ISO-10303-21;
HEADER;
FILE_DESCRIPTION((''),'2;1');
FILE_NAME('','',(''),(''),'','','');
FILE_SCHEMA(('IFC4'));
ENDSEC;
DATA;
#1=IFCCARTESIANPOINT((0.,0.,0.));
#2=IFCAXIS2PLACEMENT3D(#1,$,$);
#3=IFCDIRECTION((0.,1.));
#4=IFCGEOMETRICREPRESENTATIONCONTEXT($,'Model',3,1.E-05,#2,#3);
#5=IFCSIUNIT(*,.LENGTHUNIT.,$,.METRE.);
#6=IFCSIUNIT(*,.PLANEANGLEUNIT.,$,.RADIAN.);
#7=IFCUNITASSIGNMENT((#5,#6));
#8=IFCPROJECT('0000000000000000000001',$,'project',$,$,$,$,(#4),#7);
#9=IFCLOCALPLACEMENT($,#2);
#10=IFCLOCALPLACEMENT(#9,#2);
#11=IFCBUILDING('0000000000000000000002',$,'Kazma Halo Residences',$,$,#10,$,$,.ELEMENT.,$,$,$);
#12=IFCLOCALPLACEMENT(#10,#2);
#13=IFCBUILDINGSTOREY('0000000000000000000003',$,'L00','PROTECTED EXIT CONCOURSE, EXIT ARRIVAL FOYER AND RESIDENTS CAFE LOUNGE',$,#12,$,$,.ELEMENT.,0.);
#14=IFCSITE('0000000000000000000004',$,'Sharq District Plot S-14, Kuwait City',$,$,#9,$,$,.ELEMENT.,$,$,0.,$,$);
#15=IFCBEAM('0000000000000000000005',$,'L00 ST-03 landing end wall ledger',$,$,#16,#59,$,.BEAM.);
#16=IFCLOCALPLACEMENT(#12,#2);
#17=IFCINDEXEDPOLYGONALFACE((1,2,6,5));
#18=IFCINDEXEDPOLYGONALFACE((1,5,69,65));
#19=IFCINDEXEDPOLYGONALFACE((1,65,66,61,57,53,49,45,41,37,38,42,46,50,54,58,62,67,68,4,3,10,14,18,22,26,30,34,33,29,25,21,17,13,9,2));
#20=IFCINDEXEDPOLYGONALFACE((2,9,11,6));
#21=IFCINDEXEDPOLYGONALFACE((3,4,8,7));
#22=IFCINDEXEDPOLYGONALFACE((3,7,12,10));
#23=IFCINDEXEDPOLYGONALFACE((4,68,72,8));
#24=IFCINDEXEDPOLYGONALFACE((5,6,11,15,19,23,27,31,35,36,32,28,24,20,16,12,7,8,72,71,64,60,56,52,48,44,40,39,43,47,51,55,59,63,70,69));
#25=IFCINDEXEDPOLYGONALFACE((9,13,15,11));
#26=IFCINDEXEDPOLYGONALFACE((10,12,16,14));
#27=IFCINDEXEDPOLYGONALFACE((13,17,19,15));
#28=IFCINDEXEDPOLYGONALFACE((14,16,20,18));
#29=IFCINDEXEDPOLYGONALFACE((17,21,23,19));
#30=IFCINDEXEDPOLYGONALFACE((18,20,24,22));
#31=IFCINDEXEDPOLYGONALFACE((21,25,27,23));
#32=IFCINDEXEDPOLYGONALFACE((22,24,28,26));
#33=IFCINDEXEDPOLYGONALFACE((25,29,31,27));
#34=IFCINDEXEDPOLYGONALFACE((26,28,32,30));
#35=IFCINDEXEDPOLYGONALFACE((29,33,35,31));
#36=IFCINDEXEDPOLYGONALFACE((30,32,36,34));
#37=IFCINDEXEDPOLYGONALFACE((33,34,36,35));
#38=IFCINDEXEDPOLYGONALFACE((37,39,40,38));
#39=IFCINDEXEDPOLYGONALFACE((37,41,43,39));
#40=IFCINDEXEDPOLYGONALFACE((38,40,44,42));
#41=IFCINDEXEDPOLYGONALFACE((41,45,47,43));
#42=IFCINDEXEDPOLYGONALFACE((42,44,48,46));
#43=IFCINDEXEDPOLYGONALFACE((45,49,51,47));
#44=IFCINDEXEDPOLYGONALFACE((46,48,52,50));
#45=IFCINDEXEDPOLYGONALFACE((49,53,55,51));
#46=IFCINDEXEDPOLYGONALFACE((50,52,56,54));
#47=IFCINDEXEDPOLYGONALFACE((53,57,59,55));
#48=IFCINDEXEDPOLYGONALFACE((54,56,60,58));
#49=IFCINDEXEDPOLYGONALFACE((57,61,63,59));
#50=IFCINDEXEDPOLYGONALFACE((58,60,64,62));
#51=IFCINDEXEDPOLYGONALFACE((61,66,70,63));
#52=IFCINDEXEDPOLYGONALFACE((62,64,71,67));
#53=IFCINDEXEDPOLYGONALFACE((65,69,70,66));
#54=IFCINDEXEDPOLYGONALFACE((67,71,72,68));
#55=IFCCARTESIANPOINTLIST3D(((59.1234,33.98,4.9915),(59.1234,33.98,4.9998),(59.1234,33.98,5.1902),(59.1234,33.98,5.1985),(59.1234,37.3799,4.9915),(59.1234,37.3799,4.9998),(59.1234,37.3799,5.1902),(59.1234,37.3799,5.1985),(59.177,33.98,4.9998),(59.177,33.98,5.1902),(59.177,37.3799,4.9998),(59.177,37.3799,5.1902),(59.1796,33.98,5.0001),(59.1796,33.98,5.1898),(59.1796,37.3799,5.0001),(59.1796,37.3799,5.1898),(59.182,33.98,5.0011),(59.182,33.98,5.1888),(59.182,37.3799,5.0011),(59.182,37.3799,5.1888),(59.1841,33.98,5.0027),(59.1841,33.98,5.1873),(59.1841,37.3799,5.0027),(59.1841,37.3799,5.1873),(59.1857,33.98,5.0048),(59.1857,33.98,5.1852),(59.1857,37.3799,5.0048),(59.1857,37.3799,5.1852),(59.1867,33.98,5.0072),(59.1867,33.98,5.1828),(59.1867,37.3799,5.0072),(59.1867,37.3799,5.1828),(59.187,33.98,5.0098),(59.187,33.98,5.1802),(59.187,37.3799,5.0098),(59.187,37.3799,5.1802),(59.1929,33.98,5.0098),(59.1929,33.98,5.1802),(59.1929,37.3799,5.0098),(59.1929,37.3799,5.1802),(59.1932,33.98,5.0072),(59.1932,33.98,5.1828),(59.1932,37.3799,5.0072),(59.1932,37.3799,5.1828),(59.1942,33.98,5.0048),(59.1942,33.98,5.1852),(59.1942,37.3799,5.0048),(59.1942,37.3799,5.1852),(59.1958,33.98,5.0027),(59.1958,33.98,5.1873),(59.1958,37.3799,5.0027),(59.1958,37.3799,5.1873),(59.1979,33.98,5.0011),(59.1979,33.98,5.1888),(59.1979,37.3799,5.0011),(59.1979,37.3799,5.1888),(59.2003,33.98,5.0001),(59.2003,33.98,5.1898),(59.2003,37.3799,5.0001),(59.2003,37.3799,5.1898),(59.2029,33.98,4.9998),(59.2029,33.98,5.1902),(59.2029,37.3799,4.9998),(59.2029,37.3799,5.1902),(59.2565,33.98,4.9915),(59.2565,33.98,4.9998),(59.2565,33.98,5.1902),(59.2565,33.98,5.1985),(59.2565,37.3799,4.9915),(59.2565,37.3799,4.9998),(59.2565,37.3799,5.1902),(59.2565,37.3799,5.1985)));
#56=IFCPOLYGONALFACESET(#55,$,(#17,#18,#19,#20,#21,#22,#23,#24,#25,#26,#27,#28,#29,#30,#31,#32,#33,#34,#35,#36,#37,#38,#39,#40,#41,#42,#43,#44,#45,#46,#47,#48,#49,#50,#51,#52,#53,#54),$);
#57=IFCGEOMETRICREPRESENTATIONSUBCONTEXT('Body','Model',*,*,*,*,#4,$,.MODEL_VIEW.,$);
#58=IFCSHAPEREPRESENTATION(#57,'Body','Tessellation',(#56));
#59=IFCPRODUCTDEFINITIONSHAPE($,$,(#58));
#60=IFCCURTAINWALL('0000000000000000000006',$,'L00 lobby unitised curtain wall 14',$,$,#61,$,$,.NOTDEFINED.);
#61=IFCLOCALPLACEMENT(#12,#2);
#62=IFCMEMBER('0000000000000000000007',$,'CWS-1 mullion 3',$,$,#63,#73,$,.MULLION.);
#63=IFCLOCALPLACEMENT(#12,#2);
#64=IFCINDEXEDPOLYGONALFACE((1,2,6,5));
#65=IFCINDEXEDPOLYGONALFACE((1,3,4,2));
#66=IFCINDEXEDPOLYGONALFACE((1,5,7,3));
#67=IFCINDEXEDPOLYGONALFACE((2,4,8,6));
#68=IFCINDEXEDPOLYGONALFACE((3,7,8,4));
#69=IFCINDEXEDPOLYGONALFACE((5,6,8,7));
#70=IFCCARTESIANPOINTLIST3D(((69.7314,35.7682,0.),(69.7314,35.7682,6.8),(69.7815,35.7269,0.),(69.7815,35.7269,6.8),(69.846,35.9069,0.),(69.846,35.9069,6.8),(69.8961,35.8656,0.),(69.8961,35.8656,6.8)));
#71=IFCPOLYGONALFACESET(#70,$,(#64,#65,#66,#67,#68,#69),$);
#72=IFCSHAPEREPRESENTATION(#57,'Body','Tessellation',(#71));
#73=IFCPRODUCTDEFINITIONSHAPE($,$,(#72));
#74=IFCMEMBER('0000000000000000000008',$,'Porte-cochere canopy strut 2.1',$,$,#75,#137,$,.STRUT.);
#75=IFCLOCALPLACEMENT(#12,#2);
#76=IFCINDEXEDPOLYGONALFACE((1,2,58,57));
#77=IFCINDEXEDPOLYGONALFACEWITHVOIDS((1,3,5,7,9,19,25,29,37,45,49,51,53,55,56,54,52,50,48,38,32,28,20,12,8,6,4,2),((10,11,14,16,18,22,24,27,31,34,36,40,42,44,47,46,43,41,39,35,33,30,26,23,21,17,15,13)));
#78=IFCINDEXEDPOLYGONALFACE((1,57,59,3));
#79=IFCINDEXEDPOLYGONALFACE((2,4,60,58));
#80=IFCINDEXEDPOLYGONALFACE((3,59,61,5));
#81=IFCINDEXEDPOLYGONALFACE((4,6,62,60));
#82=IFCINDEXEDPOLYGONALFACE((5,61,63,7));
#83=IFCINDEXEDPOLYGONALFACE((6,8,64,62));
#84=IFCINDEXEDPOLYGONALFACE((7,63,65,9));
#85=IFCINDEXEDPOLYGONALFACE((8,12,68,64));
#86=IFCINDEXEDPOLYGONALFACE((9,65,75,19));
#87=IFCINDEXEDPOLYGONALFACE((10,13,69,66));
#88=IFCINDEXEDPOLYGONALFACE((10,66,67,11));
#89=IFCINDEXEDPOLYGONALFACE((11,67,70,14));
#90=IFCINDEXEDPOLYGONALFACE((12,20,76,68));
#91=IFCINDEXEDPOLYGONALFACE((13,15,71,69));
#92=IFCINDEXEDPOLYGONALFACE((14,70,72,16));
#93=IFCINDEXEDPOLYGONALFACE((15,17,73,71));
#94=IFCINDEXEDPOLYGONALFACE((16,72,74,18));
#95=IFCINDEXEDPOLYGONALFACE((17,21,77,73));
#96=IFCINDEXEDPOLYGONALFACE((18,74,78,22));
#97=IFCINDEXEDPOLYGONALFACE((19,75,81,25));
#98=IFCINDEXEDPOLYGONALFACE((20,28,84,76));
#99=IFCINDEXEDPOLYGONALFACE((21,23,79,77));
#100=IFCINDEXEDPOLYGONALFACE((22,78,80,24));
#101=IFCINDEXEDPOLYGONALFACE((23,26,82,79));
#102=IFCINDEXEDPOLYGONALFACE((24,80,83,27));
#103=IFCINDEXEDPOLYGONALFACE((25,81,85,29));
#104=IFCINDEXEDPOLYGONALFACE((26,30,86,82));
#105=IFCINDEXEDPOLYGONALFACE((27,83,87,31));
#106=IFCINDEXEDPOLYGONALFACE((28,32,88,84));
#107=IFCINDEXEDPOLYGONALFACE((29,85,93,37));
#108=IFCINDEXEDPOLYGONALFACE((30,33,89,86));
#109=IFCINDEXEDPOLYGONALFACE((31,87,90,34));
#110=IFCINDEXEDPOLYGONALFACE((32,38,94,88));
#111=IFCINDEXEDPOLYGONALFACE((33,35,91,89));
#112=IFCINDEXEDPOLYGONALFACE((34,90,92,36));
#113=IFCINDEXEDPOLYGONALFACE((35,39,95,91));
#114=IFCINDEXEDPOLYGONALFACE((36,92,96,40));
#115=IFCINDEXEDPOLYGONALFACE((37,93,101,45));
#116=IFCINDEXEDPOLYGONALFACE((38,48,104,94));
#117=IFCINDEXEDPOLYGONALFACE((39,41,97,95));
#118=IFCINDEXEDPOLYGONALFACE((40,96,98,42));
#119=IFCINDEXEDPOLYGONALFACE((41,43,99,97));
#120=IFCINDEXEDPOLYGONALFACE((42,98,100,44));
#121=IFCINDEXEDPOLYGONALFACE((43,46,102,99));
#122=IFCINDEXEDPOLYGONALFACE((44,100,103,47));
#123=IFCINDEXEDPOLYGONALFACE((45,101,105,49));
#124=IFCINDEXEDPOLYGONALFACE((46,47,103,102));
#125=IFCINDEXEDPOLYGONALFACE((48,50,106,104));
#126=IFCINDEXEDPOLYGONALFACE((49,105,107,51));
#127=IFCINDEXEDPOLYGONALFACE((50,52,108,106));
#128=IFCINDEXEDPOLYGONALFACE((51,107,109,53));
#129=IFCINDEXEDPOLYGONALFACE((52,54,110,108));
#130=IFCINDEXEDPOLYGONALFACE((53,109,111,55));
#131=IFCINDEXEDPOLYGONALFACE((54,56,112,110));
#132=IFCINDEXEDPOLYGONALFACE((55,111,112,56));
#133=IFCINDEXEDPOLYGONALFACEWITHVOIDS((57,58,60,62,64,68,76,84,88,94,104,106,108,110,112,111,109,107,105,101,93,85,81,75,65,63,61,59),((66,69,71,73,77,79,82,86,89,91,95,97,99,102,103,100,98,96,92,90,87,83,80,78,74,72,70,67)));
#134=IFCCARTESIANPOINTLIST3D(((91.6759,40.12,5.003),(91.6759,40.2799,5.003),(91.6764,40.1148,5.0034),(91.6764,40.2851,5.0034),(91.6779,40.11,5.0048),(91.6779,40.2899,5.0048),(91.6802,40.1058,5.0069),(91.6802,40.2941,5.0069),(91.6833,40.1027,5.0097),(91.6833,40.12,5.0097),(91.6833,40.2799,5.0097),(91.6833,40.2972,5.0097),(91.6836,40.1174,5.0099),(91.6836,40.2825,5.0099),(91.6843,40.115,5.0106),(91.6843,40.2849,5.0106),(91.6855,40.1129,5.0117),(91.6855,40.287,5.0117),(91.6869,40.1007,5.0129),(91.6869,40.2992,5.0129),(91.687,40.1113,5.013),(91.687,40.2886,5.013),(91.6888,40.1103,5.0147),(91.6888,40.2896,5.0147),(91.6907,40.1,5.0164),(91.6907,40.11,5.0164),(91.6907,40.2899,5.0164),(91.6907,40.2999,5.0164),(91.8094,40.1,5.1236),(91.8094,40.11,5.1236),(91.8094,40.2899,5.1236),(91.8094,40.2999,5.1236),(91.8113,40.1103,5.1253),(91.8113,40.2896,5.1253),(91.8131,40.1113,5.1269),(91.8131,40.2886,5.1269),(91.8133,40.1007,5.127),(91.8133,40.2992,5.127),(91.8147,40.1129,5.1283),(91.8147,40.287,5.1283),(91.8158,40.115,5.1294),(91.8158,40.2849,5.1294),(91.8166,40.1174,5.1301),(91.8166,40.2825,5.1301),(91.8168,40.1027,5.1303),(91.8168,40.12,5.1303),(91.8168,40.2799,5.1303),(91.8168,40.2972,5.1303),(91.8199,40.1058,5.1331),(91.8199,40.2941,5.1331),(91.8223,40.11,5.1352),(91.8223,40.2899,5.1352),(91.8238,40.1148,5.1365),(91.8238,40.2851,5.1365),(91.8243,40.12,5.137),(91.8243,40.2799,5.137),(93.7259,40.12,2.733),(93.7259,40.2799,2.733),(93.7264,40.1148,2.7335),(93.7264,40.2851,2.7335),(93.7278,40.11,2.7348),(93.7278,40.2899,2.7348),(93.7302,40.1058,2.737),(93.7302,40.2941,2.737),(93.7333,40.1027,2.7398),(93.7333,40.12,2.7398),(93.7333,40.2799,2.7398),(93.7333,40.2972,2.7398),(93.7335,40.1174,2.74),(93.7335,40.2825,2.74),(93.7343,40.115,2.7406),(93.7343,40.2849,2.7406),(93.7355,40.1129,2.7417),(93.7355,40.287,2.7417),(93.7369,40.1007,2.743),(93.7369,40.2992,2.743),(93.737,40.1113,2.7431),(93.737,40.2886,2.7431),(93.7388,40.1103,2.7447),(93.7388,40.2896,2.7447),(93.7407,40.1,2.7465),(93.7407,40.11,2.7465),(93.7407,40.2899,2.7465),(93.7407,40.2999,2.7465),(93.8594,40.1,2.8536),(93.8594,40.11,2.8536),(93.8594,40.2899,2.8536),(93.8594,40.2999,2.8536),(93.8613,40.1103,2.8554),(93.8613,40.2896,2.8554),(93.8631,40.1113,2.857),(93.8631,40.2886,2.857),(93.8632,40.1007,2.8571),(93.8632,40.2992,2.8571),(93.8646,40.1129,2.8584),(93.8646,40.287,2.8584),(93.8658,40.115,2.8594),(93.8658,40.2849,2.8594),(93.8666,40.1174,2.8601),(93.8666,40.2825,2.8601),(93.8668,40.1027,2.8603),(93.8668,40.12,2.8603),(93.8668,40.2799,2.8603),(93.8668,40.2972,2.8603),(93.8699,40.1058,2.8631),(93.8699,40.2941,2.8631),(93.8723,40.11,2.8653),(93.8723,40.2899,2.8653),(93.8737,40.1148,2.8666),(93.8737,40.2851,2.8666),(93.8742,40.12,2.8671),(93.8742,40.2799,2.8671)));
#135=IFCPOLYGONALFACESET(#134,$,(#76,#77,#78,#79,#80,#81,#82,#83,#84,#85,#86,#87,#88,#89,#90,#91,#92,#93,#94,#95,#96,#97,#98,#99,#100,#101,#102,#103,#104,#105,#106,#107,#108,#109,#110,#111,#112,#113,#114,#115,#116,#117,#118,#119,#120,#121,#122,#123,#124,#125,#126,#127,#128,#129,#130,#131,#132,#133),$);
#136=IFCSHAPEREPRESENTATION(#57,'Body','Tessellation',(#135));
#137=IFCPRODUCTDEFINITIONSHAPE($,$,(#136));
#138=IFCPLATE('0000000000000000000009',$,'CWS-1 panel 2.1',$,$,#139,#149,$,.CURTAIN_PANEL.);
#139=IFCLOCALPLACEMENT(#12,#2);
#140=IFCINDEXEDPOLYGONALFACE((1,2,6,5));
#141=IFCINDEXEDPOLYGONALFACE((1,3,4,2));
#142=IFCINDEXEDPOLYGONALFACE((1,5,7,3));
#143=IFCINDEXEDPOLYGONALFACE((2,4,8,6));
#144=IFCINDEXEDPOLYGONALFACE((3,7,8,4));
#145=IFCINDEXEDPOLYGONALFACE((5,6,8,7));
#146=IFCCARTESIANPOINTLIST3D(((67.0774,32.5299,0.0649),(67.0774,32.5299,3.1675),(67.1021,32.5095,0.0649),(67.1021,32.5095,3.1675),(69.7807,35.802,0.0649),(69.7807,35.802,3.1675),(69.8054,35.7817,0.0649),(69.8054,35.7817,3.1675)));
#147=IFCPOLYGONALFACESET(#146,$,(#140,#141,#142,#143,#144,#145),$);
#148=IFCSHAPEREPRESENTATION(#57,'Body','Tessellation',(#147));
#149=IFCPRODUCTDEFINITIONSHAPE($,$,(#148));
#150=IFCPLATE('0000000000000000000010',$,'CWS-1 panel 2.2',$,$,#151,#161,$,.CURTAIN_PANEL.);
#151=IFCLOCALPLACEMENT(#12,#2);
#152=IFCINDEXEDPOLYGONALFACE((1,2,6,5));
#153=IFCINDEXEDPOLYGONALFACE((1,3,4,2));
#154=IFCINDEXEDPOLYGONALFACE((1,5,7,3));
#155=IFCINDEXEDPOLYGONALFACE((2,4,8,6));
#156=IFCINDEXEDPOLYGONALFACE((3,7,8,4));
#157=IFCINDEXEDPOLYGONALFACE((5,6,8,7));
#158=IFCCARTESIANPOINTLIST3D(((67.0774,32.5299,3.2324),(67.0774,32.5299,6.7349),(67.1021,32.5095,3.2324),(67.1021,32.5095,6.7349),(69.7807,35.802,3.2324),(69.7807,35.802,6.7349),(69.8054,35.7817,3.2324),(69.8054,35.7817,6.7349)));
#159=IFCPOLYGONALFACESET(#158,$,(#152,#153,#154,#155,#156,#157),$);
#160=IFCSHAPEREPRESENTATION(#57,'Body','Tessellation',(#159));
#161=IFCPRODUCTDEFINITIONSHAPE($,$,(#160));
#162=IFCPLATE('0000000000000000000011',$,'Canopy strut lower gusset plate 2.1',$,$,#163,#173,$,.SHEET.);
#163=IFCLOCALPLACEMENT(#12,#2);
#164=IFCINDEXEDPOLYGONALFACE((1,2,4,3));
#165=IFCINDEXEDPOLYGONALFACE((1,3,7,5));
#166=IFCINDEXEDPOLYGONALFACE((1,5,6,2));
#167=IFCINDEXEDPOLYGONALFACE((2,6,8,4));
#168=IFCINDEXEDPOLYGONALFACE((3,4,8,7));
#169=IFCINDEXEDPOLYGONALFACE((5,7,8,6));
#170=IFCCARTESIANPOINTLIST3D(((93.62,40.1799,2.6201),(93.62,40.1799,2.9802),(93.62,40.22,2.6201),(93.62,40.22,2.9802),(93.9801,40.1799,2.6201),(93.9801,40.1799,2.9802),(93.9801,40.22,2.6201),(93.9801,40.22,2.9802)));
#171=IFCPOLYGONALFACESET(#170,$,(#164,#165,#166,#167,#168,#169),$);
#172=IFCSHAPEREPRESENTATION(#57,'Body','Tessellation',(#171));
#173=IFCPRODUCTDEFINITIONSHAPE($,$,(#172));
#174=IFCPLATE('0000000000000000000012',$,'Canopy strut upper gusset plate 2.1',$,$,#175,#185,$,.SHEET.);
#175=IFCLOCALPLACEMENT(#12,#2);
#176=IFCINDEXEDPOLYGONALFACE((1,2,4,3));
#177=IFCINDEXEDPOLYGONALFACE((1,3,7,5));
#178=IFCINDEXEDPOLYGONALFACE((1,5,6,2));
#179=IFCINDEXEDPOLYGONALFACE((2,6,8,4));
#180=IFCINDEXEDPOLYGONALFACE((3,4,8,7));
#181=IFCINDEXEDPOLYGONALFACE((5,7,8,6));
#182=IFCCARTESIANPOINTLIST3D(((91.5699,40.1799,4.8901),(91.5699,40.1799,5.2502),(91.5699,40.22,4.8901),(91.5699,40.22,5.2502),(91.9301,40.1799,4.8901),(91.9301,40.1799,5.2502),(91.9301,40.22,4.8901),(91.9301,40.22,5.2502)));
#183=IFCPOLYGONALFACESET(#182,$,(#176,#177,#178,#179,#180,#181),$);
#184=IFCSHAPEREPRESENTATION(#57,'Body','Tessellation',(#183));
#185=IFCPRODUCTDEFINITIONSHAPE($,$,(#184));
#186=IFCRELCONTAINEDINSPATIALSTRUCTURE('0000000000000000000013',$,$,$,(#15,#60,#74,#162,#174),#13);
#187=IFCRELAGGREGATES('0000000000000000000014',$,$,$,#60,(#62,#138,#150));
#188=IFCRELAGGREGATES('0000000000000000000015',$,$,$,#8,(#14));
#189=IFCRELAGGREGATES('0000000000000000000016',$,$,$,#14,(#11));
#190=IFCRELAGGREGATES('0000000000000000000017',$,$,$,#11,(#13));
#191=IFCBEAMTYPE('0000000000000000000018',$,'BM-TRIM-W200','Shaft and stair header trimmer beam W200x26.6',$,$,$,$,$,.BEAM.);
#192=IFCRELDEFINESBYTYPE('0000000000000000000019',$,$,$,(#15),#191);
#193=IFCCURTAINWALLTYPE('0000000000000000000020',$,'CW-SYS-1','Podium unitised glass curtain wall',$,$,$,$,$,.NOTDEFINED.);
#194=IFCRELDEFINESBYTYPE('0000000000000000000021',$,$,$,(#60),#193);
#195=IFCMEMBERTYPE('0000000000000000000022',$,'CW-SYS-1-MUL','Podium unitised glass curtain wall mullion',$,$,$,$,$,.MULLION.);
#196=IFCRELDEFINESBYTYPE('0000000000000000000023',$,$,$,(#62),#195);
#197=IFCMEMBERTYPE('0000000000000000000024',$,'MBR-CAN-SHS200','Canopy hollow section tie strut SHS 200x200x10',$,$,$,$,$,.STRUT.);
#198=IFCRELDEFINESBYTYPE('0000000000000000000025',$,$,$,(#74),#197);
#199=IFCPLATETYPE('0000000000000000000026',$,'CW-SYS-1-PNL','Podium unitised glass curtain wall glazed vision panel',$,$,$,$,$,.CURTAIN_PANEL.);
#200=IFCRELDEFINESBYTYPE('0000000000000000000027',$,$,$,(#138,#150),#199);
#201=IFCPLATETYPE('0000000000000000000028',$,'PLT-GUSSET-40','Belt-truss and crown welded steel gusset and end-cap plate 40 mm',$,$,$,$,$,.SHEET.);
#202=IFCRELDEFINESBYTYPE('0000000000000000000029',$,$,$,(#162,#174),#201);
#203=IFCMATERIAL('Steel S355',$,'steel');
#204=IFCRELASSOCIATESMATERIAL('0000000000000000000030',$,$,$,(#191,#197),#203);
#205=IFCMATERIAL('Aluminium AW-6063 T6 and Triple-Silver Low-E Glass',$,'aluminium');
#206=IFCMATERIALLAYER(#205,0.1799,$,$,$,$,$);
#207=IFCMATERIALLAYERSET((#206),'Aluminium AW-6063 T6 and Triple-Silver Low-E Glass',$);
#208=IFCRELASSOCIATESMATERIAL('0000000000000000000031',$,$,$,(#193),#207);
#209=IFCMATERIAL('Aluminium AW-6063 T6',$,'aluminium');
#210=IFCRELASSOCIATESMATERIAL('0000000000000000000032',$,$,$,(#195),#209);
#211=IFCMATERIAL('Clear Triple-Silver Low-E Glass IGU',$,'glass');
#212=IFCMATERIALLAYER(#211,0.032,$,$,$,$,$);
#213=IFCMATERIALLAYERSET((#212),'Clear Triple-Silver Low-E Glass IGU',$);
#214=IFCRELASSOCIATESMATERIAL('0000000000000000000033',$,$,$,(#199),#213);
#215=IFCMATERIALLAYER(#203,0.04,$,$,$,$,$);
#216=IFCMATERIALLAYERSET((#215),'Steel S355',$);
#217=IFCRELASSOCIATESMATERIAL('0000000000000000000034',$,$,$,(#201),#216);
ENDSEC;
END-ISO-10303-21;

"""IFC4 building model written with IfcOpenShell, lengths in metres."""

from ifc_helpers import new_model, si_unit, direction, frame, origin, origin_2d, place, context, subcontext, project, spatial, rectangle, hollow_rectangle, i_section, extrude, material, layer, layer_set, material_profile, profile_set, type_object, element, aggregate, save


model = new_model("IFC4")

# Units and contexts
model_context = context("Model", 3, precision=1e-05, world=origin(), true_north=direction((0.0, 1.0)))
body_context = subcontext(model_context, "Body", "Model", "MODEL_VIEW")
ifc_project = project(units=[si_unit("LENGTHUNIT", "METRE"), si_unit("PLANEANGLEUNIT", "RADIAN")], contexts=[model_context])

# Site, building, storey
site_placement = place(None, origin())
site = spatial("IfcSite", under=ifc_project, at=site_placement, Name="Sharq District Plot S-14, Kuwait City", CompositionType="ELEMENT", RefElevation=0.0)
building_placement = place(site_placement, origin())
building = spatial("IfcBuilding", under=site, at=building_placement, Name="Kazma Halo Residences", CompositionType="ELEMENT")
storey_placement = place(building_placement, origin())
storey = spatial("IfcBuildingStorey", under=building, at=storey_placement, Name="L00", Description="PROTECTED EXIT CONCOURSE, EXIT ARRIVAL FOYER AND RESIDENTS CAFE LOUNGE", CompositionType="ELEMENT", Elevation=0.0)

# Shared definitions
ifc_material_1 = material(Name="Steel S355", Category="steel")

# Beam
ifc_material_profile_1 = material_profile(ifc_material_1, i_section(OverallWidth=0.1331, OverallDepth=0.207, WebThickness=0.0059, FlangeThickness=0.0083, FilletRadius=0.01, at=origin_2d()), Name="W200x26.6")
ifc_profile_set_1 = profile_set([ifc_material_profile_1], Name="Steel S355")
beam_type_1 = type_object("IfcBeamType", Name="BM-TRIM-W200", Description="Shaft and stair header trimmer beam W200x26.6", PredefinedType="BEAM", material=ifc_profile_set_1)
beam_1_placement = place(storey_placement, frame((59.1899, 33.98, 5.095), z_axis=(0.0, 1.0, 0.0), x_axis=(-1.0, 0.0, 0.0)))
element("IfcBeam", 1, at=beam_1_placement, inside=storey, type_object=beam_type_1, Name="L00 ST-03 landing end wall ledger", PredefinedType="BEAM", context=body_context, shape_type="SweptSolid", body=[
    extrude(i_section(OverallWidth=0.1331, OverallDepth=0.207, WebThickness=0.0059, FlangeThickness=0.0083, FilletRadius=0.01, at=origin_2d()), origin(), (0.0, 0.0, 1.0), 3.3999),
])

# Curtain wall, member
ifc_material_2 = material(Name="Aluminium AW-6063 T6 and Triple-Silver Low-E Glass", Category="aluminium")
ifc_layer_1 = layer(ifc_material_2, 0.1799)
ifc_layer_set_1 = layer_set([ifc_layer_1], Name="Aluminium AW-6063 T6 and Triple-Silver Low-E Glass")
curtain_wall_type = type_object("IfcCurtainWallType", Name="CW-SYS-1", Description="Podium unitised glass curtain wall", PredefinedType="NOTDEFINED", material=ifc_layer_set_1)
curtain_wall_placement = place(storey_placement, origin())
curtain_wall = element("IfcCurtainWall", 2, at=curtain_wall_placement, inside=storey, type_object=curtain_wall_type, Name="L00 lobby unitised curtain wall 14", PredefinedType="NOTDEFINED")
ifc_material_3 = material(Name="Aluminium AW-6063 T6", Category="aluminium")
ifc_material_profile_2 = material_profile(ifc_material_3, rectangle(XDim=0.0649, YDim=0.1799, at=origin_2d()), Name="CWM-65x180")
ifc_profile_set_2 = profile_set([ifc_material_profile_2], Name="Aluminium AW-6063 T6")
member_type_1 = type_object("IfcMemberType", Name="CW-SYS-1-MUL", Description="Podium unitised glass curtain wall mullion", PredefinedType="MULLION", material=ifc_profile_set_2)
member_1_placement = place(storey_placement, frame((69.8137, 35.8169, 0.0), z_axis=(0.0, 0.0, 1.0), x_axis=(-0.770944, 0.636903, 0.0)))
member_1 = element("IfcMember", 3, at=member_1_placement, type_object=member_type_1, Name="CWS-1 mullion 3", PredefinedType="MULLION", context=body_context, shape_type="SweptSolid", body=[
    extrude(rectangle(XDim=0.0649, YDim=0.1799, at=origin_2d()), origin(), (0.0, 0.0, 1.0), 6.8),
])

# Member
ifc_material_profile_3 = material_profile(ifc_material_1, hollow_rectangle(XDim=0.2, YDim=0.2, WallThickness=0.01, InnerFilletRadius=0.01, OuterFilletRadius=0.02, at=origin_2d()), Name="SHS200x200x10")
ifc_profile_set_3 = profile_set([ifc_material_profile_3], Name="Steel S355")
member_type_2 = type_object("IfcMemberType", Name="MBR-CAN-SHS200", Description="Canopy hollow section tie strut SHS 200x200x10", PredefinedType="STRUT", material=ifc_profile_set_3)
member_2_placement = place(storey_placement, frame((93.8, 40.2, 2.8), z_axis=(-0.670234, 0.0, 0.74215), x_axis=(0.0, -1.0, 0.0)))
element("IfcMember", 4, at=member_2_placement, inside=storey, type_object=member_type_2, Name="Porte-cochere canopy strut 2.1", PredefinedType="STRUT", context=body_context, shape_type="SweptSolid", body=[
    extrude(hollow_rectangle(XDim=0.2, YDim=0.2, WallThickness=0.01, InnerFilletRadius=0.01, OuterFilletRadius=0.02, at=origin_2d()), origin(), (0.0, 0.0, 1.0), 3.0586),
])

# Plates
ifc_material_4 = material(Name="Clear Triple-Silver Low-E Glass IGU", Category="glass")
ifc_layer_2 = layer(ifc_material_4, 0.032)
ifc_layer_set_2 = layer_set([ifc_layer_2], Name="Clear Triple-Silver Low-E Glass IGU")
plate_type_1 = type_object("IfcPlateType", Name="CW-SYS-1-PNL", Description="Podium unitised glass curtain wall glazed vision panel", PredefinedType="CURTAIN_PANEL", material=ifc_layer_set_2)
plate_1_placement = place(storey_placement, frame((68.4414, 34.1558, 0.0649), z_axis=(0.0, 0.0, 1.0), x_axis=(0.636903, 0.770944, 0.0)))
plate_1 = element("IfcPlate", 5, at=plate_1_placement, type_object=plate_type_1, Name="CWS-1 panel 2.1", PredefinedType="CURTAIN_PANEL", context=body_context, shape_type="SweptSolid", body=[
    extrude(rectangle(XDim=4.2444, YDim=0.032, at=origin_2d()), origin(), (0.0, 0.0, 1.0), 3.1025),
])
plate_2_placement = place(storey_placement, frame((68.4414, 34.1558, 3.2324), z_axis=(0.0, 0.0, 1.0), x_axis=(0.636903, 0.770944, 0.0)))
plate_2 = element("IfcPlate", 6, at=plate_2_placement, type_object=plate_type_1, Name="CWS-1 panel 2.2", PredefinedType="CURTAIN_PANEL", context=body_context, shape_type="SweptSolid", body=[
    extrude(rectangle(XDim=4.2444, YDim=0.032, at=origin_2d()), origin(), (0.0, 0.0, 1.0), 3.5024),
])
aggregate(curtain_wall, [member_1, plate_1, plate_2])

# Plates
ifc_layer_3 = layer(ifc_material_1, 0.04)
ifc_layer_set_3 = layer_set([ifc_layer_3], Name="Steel S355")
plate_type_2 = type_object("IfcPlateType", Name="PLT-GUSSET-40", Description="Belt-truss and crown welded steel gusset and end-cap plate 40 mm", PredefinedType="SHEET", material=ifc_layer_set_3)
for number, where, z_axis, x_axis, name in (
    (7, (93.8, 40.2, 2.6201), (0.0, 0.0, 1.0), (1.0, 0.0, 0.0), "Canopy strut lower gusset plate 2.1"),
    (8, (91.75, 40.2, 4.8901), (0.0, 0.0, 1.0), (1.0, 0.0, 0.0), "Canopy strut upper gusset plate 2.1"),
):
    element("IfcPlate", number, at=place(storey_placement, frame(where, z_axis=z_axis, x_axis=x_axis)), inside=storey, type_object=plate_type_2, Name=name, PredefinedType="SHEET", context=body_context, shape_type="SweptSolid", body=[
        extrude(rectangle(XDim=0.3601, YDim=0.04, at=origin_2d()), origin(), (0.0, 0.0, 1.0), 0.3601),
    ])

save(model, "model.ifc")
